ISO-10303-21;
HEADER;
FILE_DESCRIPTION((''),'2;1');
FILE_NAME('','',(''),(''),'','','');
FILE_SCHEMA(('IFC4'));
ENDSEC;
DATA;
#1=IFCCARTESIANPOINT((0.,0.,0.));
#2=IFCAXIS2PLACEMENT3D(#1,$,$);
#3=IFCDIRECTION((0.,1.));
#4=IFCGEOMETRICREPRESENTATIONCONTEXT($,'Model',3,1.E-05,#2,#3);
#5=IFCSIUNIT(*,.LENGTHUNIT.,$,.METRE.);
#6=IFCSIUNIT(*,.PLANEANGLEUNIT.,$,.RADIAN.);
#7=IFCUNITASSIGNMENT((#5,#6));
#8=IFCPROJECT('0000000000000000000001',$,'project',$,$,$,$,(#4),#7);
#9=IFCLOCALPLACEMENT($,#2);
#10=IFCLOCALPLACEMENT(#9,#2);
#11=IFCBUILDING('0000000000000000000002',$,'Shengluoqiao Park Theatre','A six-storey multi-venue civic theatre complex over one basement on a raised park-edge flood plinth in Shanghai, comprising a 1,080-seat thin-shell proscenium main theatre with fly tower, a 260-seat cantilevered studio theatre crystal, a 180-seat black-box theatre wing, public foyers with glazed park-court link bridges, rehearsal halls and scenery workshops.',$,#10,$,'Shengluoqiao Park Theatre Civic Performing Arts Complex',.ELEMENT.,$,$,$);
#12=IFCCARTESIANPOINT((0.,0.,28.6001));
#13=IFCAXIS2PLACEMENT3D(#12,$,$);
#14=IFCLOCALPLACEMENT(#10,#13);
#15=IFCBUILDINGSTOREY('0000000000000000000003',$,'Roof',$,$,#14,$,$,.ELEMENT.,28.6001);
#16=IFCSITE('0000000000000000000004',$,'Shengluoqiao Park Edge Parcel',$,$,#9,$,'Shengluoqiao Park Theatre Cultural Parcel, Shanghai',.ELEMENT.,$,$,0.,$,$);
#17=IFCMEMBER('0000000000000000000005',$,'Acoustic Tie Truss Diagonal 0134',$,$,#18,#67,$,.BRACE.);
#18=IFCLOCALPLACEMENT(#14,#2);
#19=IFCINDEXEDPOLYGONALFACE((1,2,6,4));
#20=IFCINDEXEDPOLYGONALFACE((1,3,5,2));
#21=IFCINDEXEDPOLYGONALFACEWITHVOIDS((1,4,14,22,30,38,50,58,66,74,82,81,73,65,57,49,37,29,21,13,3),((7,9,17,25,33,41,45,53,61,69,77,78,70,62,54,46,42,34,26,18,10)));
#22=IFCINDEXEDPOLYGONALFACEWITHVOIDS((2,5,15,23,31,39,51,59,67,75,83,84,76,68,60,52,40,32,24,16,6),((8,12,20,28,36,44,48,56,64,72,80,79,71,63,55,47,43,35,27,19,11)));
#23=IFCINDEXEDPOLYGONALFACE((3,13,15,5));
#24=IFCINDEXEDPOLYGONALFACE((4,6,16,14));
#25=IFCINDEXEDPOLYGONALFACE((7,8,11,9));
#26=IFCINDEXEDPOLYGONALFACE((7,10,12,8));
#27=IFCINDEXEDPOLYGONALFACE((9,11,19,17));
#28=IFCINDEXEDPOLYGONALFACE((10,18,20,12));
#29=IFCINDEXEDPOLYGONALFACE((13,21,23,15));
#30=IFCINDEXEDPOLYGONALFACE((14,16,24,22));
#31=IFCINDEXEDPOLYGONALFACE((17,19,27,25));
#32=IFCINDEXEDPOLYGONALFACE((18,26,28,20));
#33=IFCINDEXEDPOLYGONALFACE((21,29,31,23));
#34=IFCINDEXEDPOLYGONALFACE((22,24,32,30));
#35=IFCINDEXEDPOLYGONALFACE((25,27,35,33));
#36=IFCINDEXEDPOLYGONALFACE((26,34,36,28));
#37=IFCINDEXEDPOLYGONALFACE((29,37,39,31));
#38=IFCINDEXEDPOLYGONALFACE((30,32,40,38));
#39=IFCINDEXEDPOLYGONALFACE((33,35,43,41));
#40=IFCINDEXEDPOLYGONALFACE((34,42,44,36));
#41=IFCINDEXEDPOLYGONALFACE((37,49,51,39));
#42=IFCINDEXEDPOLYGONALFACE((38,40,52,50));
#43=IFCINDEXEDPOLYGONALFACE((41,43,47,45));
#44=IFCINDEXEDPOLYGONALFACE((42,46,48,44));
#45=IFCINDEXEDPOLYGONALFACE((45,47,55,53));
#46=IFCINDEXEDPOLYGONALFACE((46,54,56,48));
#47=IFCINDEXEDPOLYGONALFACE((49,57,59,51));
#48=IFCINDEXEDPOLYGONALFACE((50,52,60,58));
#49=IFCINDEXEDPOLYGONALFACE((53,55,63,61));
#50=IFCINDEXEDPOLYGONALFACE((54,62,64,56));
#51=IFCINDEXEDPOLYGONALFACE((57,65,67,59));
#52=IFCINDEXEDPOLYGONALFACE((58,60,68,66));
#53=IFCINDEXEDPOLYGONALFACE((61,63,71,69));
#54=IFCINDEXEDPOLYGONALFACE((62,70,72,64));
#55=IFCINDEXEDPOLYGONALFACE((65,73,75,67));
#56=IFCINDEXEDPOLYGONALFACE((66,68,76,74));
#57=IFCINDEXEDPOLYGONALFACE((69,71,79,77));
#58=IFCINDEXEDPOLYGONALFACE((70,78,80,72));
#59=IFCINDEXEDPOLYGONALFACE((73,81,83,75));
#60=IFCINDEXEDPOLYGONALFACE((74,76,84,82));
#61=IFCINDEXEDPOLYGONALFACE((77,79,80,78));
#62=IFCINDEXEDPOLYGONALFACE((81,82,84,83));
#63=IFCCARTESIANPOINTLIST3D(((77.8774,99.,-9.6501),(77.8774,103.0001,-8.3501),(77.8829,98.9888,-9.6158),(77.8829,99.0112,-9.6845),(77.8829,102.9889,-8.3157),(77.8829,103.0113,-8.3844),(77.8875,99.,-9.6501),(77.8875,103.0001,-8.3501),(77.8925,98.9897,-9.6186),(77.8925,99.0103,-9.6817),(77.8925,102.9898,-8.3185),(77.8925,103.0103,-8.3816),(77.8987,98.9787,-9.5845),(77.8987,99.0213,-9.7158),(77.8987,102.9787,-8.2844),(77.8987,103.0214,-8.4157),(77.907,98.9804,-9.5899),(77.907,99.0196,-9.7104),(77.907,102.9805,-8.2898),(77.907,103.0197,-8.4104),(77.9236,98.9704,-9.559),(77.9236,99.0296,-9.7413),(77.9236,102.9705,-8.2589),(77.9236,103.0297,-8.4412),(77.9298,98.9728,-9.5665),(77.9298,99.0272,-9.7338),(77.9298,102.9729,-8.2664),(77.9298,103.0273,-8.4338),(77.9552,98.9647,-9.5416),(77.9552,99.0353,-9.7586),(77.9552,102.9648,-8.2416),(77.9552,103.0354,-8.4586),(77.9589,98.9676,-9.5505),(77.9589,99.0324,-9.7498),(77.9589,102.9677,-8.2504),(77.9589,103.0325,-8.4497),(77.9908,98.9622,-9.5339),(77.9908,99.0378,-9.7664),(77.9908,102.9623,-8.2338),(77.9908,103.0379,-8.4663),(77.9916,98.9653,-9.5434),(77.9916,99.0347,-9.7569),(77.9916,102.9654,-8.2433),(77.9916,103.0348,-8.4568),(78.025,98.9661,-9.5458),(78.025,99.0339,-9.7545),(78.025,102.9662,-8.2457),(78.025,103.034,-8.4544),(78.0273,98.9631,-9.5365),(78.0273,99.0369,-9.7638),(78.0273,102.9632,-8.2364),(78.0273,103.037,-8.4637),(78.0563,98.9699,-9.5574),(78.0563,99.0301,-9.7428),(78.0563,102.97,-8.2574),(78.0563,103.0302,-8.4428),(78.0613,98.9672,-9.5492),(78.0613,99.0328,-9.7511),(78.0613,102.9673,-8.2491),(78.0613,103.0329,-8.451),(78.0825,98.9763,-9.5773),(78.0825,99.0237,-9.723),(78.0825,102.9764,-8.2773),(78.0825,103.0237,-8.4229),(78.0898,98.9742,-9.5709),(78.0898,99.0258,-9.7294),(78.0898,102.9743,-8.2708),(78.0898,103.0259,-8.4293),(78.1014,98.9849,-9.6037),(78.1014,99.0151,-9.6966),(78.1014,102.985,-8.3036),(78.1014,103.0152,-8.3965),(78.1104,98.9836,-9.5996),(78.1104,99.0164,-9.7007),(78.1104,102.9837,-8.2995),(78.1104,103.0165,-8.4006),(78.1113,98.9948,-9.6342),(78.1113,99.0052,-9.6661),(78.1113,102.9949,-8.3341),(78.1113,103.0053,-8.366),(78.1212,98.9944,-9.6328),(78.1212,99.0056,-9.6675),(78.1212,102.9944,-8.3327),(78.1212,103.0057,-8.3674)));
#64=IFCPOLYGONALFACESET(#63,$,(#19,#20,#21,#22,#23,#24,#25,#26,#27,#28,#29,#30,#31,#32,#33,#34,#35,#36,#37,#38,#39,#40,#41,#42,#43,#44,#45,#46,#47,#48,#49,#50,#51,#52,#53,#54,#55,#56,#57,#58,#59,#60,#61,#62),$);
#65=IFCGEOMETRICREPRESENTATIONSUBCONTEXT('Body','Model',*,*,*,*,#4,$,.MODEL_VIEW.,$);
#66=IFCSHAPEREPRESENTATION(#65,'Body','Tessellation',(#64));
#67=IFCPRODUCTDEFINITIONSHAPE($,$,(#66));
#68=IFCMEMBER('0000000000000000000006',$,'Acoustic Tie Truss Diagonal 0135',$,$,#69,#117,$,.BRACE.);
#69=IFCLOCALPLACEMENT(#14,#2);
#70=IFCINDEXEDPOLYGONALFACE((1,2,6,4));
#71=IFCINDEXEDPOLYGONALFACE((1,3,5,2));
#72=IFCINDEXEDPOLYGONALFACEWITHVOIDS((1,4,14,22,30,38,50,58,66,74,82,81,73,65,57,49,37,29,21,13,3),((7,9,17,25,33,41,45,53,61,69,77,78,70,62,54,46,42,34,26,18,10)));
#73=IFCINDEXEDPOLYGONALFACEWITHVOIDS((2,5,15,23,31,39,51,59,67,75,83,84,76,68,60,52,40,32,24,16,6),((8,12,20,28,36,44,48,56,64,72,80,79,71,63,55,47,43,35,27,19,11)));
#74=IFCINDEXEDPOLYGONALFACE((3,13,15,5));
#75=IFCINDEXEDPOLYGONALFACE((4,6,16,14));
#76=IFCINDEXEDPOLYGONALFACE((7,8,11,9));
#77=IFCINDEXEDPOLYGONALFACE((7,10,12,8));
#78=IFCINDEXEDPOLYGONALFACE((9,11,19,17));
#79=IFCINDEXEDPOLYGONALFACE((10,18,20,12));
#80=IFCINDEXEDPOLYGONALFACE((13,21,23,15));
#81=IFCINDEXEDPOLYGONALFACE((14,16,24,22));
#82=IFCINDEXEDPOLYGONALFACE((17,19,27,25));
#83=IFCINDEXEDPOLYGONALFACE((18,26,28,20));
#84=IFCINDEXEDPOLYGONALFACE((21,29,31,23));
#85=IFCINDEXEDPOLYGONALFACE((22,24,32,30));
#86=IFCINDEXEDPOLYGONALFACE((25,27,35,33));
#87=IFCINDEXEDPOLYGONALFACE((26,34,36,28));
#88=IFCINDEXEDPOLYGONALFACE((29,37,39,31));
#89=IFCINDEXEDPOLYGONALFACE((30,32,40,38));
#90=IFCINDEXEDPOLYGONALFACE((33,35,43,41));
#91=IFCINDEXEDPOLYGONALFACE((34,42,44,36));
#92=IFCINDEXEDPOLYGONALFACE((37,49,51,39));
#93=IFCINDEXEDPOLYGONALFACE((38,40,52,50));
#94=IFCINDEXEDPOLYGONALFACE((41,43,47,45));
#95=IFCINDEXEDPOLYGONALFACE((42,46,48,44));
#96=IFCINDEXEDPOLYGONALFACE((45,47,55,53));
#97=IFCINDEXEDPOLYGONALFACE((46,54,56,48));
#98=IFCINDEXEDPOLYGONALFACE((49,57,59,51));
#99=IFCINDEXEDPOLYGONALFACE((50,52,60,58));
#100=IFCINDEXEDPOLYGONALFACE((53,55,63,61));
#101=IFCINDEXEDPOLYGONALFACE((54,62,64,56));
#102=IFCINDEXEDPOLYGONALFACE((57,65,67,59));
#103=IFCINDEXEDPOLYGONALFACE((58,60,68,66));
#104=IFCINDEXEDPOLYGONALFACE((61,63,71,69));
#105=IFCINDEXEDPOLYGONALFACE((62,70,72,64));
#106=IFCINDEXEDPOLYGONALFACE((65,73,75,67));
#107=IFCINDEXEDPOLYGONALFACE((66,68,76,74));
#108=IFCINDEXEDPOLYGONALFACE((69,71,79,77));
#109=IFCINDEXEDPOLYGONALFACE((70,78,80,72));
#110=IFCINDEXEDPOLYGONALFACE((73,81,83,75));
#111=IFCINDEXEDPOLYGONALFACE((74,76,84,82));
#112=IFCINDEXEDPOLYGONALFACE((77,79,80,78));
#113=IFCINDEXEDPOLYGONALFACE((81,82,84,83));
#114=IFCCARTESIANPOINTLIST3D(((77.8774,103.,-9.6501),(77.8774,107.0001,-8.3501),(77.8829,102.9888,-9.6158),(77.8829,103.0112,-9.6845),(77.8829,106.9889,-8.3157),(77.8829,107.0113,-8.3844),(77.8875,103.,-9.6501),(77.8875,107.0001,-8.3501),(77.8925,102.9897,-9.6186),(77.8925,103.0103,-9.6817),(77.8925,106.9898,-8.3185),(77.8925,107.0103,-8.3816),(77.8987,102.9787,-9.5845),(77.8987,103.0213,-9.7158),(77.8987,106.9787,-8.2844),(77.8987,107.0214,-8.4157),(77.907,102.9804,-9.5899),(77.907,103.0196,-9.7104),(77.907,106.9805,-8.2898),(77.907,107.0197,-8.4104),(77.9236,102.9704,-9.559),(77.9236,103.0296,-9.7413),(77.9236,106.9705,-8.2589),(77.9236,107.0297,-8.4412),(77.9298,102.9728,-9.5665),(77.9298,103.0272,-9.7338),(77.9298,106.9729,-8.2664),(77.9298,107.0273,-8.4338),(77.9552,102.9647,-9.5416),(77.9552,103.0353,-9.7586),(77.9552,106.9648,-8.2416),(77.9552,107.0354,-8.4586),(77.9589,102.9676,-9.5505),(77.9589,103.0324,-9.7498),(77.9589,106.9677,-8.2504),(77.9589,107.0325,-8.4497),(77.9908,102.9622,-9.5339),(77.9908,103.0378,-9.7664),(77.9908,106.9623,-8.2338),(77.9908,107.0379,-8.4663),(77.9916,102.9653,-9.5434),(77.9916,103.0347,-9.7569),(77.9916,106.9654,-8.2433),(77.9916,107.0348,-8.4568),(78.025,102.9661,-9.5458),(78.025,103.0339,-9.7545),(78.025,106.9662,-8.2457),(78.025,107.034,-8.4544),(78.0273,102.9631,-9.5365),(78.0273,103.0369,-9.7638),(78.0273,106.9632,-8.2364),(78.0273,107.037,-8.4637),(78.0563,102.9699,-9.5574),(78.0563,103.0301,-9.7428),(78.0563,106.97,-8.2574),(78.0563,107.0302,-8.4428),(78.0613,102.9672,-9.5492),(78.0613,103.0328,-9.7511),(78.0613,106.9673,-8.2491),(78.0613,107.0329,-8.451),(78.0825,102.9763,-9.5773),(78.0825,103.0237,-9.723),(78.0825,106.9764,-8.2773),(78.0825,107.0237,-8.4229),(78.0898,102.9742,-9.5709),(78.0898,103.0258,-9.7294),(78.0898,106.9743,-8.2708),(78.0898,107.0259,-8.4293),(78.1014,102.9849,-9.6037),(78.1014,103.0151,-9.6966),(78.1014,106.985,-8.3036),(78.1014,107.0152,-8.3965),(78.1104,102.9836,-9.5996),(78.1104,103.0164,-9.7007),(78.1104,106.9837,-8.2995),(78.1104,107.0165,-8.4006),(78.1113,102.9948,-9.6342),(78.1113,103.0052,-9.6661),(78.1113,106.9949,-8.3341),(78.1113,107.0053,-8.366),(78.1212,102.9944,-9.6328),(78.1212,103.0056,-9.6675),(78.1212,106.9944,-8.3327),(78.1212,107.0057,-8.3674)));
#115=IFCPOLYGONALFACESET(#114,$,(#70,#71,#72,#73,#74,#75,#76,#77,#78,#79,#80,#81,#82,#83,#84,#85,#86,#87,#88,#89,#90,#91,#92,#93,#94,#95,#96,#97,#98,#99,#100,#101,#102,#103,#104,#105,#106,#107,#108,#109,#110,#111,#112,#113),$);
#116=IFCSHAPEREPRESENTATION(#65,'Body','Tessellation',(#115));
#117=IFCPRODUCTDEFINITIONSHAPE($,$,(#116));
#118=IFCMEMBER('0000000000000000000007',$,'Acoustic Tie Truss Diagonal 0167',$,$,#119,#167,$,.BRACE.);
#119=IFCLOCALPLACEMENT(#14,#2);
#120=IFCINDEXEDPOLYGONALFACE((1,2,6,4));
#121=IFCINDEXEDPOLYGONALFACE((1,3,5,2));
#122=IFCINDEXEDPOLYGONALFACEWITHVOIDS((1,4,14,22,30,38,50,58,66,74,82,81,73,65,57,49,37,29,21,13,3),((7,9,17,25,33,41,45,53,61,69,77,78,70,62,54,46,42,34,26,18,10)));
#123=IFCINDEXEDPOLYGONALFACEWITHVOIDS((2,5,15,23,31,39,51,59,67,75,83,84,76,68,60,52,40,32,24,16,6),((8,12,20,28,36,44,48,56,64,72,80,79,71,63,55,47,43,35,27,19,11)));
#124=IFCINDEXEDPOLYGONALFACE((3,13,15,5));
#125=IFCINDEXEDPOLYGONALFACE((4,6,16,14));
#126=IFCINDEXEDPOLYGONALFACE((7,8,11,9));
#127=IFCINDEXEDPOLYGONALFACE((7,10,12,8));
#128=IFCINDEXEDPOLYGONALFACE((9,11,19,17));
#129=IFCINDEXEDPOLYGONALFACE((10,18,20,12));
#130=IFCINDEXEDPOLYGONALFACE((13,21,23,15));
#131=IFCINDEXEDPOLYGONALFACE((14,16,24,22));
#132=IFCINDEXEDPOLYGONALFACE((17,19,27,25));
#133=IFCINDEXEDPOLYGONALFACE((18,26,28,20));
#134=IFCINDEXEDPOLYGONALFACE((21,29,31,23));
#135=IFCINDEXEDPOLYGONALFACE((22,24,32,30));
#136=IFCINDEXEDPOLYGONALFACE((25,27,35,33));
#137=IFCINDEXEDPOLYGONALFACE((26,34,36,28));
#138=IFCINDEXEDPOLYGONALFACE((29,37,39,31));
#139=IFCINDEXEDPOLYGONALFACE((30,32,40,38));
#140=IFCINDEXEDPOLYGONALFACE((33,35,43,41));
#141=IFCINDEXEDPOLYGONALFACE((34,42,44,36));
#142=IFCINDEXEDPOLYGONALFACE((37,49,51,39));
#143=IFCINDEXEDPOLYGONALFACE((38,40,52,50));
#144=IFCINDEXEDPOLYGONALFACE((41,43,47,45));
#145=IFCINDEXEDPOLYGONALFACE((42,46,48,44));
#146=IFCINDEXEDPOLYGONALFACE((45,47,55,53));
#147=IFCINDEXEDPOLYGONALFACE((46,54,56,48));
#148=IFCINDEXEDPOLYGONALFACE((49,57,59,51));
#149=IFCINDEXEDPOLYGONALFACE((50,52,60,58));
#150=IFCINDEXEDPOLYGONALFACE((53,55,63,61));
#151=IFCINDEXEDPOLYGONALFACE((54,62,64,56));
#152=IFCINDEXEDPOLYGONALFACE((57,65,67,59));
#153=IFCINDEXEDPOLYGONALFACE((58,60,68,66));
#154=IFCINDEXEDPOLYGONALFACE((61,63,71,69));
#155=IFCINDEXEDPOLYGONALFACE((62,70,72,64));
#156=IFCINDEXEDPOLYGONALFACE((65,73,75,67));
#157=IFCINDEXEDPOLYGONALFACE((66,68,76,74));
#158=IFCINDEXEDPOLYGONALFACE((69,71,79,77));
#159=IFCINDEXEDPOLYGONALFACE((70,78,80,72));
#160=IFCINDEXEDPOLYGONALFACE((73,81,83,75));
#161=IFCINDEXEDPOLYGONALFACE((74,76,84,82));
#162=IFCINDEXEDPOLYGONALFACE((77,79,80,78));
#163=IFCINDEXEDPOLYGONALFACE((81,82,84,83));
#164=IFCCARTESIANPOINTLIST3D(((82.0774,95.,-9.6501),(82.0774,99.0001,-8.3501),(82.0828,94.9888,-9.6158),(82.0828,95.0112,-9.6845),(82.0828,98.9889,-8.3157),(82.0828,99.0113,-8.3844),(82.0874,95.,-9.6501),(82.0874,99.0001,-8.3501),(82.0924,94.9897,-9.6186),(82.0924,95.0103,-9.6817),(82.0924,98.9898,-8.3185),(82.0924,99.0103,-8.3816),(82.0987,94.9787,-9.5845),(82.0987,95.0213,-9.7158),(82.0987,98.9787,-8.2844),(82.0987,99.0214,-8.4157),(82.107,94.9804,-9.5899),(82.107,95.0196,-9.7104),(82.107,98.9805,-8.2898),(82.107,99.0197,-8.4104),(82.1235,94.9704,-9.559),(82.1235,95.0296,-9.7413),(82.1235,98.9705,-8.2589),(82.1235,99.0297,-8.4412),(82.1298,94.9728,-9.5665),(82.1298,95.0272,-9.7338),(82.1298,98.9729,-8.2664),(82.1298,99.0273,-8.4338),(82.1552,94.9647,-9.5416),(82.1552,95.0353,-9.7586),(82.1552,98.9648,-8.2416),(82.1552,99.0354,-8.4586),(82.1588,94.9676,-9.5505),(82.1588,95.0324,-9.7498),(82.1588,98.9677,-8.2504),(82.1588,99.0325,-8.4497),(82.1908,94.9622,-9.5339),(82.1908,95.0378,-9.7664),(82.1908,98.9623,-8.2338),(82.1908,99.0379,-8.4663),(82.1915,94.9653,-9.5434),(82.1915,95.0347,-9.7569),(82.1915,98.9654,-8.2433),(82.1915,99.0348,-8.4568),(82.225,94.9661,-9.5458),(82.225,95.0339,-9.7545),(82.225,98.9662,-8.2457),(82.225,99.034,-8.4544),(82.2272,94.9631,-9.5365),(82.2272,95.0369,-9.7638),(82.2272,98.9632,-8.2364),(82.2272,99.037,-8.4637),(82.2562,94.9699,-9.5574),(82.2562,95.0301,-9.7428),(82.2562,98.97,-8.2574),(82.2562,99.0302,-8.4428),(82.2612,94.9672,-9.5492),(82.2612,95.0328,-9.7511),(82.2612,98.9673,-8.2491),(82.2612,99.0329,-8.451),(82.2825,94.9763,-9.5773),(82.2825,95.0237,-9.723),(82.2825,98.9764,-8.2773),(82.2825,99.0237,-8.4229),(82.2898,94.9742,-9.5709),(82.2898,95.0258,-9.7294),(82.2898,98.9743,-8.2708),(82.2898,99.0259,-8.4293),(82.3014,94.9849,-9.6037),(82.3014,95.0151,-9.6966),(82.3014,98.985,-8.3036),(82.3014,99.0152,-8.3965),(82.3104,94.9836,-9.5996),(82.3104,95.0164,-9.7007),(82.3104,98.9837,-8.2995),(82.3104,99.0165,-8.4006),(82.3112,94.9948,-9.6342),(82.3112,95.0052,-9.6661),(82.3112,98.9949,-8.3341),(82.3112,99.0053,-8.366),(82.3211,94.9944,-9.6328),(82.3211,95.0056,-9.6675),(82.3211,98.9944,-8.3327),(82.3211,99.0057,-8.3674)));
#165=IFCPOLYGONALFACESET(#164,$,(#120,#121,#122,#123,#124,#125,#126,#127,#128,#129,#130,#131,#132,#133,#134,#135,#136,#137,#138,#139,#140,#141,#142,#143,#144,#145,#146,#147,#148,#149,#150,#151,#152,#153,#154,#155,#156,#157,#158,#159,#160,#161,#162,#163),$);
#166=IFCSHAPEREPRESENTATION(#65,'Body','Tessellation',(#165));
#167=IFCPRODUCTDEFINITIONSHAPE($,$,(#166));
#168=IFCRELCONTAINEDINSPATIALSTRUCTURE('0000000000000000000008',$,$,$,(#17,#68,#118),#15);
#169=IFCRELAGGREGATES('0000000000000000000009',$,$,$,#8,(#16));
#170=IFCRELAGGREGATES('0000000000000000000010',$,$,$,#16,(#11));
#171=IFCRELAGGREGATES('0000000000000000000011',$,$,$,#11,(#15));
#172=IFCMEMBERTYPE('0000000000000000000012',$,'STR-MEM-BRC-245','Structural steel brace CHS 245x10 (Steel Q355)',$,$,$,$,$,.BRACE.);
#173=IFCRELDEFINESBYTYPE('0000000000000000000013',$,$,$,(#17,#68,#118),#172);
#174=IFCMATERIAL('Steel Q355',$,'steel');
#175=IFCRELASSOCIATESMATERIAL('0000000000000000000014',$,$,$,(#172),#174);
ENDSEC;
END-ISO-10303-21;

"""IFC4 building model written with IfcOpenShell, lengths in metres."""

from ifc_helpers import new_model, si_unit, direction, frame, origin, origin_2d, place, context, subcontext, project, spatial, hollow_circle, extrude, material, material_profile, profile_set, type_object, element, save


model = new_model("IFC4")

# Units and contexts
model_context = context("Model", 3, precision=1e-05, world=origin(), true_north=direction((0.0, 1.0)))
body_context = subcontext(model_context, "Body", "Model", "MODEL_VIEW")
ifc_project = project(units=[si_unit("LENGTHUNIT", "METRE"), si_unit("PLANEANGLEUNIT", "RADIAN")], contexts=[model_context])

# Site, building, storey
site_placement = place(None, origin())
site = spatial("IfcSite", under=ifc_project, at=site_placement, Name="Shengluoqiao Park Edge Parcel", LongName="Shengluoqiao Park Theatre Cultural Parcel, Shanghai", CompositionType="ELEMENT", RefElevation=0.0)
building_placement = place(site_placement, origin())
building = spatial("IfcBuilding", under=site, at=building_placement, Name="Shengluoqiao Park Theatre", Description="A six-storey multi-venue civic theatre complex over one basement on a raised park-edge flood plinth in Shanghai, comprising a 1,080-seat thin-shell proscenium main theatre with fly tower, a 260-seat cantilevered studio theatre crystal, a 180-seat black-box theatre wing, public foyers with glazed park-court link bridges, rehearsal halls and scenery workshops.", LongName="Shengluoqiao Park Theatre Civic Performing Arts Complex", CompositionType="ELEMENT")
storey_placement = place(building_placement, frame((0.0, 0.0, 28.6001)))
storey = spatial("IfcBuildingStorey", under=building, at=storey_placement, Name="Roof", CompositionType="ELEMENT", Elevation=28.6001)

# Shared definitions
ifc_material = material(Name="Steel Q355", Category="steel")

# Members
ifc_material_profile_1 = material_profile(ifc_material, hollow_circle(Radius=0.1226, WallThickness=0.01, at=origin_2d()), Name="CHS 245x10")
ifc_profile_set_1 = profile_set([ifc_material_profile_1], Name="Steel Q355")
member_type_1 = type_object("IfcMemberType", Name="STR-MEM-BRC-245", Description="Structural steel brace CHS 245x10 (Steel Q355)", PredefinedType="BRACE", material=ifc_profile_set_1)
for number, where, z_axis, x_axis, name in (
    (1, (78.0, 99.0, -9.6501), (0.0, 0.951031, 0.309097), (-1.0, 0.0, 0.0), "Acoustic Tie Truss Diagonal 0134"),
    (2, (78.0, 103.0, -9.6501), (0.0, 0.951031, 0.309097), (-1.0, 0.0, 0.0), "Acoustic Tie Truss Diagonal 0135"),
    (3, (82.2, 95.0, -9.6501), (0.0, 0.951031, 0.309097), (-1.0, 0.0, 0.0), "Acoustic Tie Truss Diagonal 0167"),
):
    element("IfcMember", number, at=place(storey_placement, frame(where, z_axis=z_axis, x_axis=x_axis)), inside=storey, type_object=member_type_1, Name=name, PredefinedType="BRACE", context=body_context, shape_type="SweptSolid", body=[
        extrude(hollow_circle(Radius=0.1226, WallThickness=0.01, at=origin_2d()), origin(), (0.0, 0.0, 1.0), 4.2061),
    ])

save(model, "model.ifc")
